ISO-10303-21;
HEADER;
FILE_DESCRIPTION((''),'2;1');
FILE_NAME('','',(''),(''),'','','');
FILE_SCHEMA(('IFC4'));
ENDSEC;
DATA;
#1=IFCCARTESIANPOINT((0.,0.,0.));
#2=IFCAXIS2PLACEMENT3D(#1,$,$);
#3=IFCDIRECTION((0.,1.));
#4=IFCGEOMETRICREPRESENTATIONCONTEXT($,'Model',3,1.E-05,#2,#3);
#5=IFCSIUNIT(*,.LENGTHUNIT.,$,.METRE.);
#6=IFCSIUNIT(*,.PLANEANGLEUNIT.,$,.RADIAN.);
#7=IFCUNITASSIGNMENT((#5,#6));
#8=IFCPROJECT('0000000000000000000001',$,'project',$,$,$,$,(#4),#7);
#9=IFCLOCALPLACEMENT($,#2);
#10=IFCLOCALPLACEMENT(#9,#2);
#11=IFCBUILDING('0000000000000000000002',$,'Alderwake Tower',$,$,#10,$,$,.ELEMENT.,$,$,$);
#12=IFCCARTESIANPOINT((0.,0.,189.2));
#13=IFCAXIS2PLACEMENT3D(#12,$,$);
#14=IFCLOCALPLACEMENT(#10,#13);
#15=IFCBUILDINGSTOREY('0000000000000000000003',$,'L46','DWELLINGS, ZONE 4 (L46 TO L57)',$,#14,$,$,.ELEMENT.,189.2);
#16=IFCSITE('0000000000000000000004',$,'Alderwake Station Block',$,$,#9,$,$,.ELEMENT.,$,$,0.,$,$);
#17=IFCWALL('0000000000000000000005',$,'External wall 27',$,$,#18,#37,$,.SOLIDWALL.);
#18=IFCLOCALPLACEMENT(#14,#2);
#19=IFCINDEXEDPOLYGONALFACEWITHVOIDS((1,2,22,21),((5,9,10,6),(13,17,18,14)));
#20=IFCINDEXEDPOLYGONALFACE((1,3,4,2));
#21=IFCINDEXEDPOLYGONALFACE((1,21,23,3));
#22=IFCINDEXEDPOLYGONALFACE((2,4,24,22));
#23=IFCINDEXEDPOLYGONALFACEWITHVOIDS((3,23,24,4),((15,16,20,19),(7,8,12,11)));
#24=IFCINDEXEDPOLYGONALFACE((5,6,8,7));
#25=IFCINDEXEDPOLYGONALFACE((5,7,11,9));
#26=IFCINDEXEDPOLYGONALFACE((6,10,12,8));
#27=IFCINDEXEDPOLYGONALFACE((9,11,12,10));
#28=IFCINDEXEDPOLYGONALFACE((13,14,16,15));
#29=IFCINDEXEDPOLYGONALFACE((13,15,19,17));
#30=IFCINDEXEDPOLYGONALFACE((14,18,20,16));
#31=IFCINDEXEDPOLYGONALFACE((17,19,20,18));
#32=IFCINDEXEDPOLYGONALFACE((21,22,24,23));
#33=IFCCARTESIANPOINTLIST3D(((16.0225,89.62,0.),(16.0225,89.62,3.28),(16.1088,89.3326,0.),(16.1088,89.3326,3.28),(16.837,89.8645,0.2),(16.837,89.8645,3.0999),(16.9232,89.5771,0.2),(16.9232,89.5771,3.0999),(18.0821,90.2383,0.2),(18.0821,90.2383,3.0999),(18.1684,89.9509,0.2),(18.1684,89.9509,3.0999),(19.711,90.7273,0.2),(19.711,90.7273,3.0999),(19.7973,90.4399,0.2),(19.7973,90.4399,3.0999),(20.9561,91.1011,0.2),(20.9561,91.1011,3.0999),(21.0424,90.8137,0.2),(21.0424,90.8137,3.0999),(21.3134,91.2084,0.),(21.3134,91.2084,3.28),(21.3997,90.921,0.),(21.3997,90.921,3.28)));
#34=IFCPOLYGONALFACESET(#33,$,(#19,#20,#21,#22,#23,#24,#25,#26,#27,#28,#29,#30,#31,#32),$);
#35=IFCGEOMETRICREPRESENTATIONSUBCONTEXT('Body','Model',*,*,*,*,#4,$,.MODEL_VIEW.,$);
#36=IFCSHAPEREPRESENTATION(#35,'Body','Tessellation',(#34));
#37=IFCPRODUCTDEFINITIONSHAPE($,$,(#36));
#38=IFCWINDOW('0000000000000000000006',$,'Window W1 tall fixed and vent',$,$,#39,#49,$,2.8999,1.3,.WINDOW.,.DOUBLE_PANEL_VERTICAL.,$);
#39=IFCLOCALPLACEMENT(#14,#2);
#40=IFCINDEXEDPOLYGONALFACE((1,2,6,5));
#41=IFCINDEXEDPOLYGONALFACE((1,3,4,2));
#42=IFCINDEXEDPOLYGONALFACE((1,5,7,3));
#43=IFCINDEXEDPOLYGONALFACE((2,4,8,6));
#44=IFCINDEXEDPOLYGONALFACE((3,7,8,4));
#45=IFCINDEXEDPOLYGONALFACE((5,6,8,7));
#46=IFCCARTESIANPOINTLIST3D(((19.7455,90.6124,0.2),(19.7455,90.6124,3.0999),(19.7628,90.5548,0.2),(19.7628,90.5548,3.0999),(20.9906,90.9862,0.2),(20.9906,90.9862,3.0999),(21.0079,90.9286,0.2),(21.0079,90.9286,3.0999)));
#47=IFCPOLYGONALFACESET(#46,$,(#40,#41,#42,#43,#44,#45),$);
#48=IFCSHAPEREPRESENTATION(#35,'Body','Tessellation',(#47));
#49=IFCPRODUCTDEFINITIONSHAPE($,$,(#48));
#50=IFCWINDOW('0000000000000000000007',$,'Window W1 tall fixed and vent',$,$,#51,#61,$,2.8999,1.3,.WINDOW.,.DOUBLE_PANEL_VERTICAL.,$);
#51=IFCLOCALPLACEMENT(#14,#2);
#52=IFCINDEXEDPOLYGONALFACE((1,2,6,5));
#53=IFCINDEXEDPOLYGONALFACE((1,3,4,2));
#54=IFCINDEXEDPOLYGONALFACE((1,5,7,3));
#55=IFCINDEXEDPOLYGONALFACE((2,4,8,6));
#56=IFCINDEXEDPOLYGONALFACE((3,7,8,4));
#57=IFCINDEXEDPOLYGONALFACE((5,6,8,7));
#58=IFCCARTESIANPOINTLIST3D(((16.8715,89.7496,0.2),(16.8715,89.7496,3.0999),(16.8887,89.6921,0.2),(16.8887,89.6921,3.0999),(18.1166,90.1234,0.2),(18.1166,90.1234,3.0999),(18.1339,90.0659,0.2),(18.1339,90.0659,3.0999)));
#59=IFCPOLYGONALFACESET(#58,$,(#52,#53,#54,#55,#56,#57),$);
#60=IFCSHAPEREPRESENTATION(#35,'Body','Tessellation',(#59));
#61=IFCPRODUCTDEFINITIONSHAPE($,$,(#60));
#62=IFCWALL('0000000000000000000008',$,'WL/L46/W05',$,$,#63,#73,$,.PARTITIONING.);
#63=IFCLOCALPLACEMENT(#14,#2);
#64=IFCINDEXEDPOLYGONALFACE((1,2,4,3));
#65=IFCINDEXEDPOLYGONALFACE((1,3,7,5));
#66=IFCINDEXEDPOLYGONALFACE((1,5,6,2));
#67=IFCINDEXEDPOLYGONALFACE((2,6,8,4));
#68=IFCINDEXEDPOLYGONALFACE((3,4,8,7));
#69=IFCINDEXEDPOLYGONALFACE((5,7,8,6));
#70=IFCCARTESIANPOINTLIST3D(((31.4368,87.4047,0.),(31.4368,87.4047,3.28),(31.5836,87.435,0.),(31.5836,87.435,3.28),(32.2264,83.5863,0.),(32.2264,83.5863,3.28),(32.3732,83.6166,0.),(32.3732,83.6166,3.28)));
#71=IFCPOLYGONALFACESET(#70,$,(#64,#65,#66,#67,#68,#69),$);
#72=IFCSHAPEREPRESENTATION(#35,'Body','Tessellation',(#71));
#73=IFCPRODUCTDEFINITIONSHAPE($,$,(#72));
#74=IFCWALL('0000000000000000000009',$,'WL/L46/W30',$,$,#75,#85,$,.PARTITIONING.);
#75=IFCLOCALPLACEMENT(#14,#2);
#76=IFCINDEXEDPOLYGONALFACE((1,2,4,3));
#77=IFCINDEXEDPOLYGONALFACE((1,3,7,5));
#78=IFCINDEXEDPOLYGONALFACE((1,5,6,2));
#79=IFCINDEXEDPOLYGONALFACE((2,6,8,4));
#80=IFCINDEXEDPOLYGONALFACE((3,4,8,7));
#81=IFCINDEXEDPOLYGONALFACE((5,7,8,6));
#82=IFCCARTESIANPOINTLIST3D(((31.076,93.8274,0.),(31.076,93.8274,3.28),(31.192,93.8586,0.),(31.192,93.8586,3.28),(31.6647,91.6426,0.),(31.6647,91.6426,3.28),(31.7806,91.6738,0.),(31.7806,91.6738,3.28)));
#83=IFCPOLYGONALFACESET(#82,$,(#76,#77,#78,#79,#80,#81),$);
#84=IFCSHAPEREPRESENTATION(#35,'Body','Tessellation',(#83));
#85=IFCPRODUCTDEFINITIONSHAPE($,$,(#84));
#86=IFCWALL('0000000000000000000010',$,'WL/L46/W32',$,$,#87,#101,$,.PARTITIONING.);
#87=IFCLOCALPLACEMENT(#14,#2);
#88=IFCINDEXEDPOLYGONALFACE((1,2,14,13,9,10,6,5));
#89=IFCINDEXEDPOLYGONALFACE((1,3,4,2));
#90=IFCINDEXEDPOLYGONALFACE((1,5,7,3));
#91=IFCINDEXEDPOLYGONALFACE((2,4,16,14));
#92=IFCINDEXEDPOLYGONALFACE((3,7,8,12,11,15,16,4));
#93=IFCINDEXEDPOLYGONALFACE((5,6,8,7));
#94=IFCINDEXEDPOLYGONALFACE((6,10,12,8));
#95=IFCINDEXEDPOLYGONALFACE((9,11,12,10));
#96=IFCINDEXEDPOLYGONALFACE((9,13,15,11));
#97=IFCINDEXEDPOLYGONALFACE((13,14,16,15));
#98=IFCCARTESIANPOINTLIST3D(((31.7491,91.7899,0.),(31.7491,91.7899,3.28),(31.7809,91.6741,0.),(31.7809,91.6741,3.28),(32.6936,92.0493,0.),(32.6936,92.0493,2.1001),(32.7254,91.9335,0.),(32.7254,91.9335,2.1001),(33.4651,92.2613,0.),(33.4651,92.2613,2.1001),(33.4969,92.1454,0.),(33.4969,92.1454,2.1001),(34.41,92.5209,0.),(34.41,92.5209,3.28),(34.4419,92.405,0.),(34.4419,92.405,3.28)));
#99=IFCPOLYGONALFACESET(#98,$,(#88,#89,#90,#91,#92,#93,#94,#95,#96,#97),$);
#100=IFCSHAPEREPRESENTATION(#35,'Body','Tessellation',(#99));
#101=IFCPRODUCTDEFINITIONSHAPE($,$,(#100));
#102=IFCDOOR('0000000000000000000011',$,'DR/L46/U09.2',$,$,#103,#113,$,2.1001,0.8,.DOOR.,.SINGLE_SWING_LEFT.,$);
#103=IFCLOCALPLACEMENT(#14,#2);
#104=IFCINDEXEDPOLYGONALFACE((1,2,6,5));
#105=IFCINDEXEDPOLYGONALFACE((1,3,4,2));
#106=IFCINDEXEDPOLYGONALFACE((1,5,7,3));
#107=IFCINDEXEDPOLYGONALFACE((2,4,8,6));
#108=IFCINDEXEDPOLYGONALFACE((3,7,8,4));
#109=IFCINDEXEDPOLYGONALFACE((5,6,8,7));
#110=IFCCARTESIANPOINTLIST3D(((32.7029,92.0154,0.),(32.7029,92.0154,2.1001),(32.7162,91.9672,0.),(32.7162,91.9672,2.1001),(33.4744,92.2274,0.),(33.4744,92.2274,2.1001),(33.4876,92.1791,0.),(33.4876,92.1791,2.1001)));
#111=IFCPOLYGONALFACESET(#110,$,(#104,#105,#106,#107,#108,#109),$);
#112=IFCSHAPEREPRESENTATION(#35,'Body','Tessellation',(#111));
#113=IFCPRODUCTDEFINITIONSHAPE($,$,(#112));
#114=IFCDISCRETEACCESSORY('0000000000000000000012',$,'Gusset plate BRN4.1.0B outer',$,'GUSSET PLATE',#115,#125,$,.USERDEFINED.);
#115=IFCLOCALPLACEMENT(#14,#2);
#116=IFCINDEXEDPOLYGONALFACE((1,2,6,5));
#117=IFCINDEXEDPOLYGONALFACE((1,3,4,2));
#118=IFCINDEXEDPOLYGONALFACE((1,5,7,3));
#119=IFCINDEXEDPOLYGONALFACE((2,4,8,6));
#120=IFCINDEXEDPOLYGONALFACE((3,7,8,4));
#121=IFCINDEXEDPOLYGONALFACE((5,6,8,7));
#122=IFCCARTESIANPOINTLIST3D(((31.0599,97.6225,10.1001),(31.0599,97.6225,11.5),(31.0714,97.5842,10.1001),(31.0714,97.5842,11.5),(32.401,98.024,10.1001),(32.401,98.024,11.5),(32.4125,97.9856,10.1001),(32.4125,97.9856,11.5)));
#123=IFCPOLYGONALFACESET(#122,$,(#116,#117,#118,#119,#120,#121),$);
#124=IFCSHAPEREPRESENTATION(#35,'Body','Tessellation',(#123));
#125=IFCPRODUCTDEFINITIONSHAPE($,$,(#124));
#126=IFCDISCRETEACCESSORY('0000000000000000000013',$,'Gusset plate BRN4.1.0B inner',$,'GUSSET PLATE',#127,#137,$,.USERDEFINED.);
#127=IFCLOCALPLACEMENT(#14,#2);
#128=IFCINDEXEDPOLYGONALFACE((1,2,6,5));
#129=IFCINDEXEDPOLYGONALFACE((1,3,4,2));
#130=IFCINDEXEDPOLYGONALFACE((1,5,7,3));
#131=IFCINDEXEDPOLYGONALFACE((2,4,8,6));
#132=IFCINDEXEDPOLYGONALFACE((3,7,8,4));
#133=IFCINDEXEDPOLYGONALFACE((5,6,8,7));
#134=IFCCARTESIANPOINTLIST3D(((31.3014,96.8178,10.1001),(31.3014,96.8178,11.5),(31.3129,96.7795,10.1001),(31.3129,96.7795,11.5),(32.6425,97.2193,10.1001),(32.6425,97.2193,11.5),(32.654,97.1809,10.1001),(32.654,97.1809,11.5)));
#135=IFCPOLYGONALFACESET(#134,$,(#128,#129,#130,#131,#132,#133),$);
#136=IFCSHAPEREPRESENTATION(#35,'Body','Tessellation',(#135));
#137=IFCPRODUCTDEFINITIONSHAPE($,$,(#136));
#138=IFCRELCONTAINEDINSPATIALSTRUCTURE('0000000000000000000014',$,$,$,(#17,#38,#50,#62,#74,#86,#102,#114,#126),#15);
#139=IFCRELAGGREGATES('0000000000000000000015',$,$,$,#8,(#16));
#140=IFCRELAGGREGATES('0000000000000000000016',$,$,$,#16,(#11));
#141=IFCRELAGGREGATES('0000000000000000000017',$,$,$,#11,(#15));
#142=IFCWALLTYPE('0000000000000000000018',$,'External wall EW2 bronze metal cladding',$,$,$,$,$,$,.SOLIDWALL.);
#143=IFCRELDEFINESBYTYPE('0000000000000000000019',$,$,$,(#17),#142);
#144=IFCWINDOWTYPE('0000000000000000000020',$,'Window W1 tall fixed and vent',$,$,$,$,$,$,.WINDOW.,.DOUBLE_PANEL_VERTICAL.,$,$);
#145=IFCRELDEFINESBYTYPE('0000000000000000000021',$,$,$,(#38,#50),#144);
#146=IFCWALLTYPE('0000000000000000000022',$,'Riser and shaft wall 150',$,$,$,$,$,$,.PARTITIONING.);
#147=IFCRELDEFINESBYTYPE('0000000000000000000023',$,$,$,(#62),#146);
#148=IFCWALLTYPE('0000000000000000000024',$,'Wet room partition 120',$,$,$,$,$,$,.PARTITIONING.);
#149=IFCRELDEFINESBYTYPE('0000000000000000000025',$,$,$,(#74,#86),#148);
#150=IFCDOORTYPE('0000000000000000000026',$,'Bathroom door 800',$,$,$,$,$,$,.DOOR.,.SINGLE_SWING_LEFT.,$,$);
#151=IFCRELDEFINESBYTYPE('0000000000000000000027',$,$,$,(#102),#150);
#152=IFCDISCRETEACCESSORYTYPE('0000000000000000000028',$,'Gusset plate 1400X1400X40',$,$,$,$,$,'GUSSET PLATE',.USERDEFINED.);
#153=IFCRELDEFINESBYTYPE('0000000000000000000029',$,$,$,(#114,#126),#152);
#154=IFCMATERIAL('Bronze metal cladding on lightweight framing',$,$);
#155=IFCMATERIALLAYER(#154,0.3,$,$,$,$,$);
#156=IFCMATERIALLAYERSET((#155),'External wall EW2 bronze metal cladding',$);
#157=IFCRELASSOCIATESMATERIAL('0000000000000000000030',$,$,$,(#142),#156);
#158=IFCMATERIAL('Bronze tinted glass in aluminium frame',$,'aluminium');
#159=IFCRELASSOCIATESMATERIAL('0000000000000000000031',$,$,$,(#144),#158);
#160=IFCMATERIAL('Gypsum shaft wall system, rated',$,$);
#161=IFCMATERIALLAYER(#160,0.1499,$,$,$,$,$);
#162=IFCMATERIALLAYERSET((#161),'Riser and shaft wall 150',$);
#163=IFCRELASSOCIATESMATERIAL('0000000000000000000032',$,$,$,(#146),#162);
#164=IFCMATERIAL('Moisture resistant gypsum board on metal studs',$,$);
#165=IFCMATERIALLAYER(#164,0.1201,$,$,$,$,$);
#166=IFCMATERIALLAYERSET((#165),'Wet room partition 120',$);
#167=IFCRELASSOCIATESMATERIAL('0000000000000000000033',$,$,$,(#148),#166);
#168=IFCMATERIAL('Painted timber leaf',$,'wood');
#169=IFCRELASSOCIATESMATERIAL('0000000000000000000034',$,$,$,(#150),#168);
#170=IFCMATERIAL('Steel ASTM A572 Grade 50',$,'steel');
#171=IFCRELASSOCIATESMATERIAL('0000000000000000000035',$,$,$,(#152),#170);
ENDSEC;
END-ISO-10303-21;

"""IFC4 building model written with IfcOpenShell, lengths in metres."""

from ifc_helpers import new_model, si_unit, direction, frame, frame_2d, origin, origin_2d, place, context, subcontext, project, spatial, rectangle, extrude, material, layer, layer_set, material_profile, profile_set, type_object, element, fill, save


model = new_model("IFC4")

# Units and contexts
model_context = context("Model", 3, precision=1e-05, world=origin(), true_north=direction((0.0, 1.0)))
body_context = subcontext(model_context, "Body", "Model", "MODEL_VIEW")
ifc_project = project(units=[si_unit("LENGTHUNIT", "METRE"), si_unit("PLANEANGLEUNIT", "RADIAN")], contexts=[model_context])

# Site, building, storey
site_placement = place(None, origin())
site = spatial("IfcSite", under=ifc_project, at=site_placement, Name="Alderwake Station Block", CompositionType="ELEMENT", RefElevation=0.0)
building_placement = place(site_placement, origin())
building = spatial("IfcBuilding", under=site, at=building_placement, Name="Alderwake Tower", CompositionType="ELEMENT")
storey_placement = place(building_placement, frame((0.0, 0.0, 189.2)))
storey = spatial("IfcBuildingStorey", under=building, at=storey_placement, Name="L46", Description="DWELLINGS, ZONE 4 (L46 TO L57)", CompositionType="ELEMENT", Elevation=189.2)

# Wall, openings, windows
ifc_material_1 = material(Name="Bronze metal cladding on lightweight framing")
ifc_layer_1 = layer(ifc_material_1, 0.3)
ifc_layer_set_1 = layer_set([ifc_layer_1], Name="External wall EW2 bronze metal cladding")
wall_type_1 = type_object("IfcWallType", Name="External wall EW2 bronze metal cladding", PredefinedType="SOLIDWALL", material=ifc_layer_set_1)
ifc_material_2 = material(Name="Bronze tinted glass in aluminium frame", Category="aluminium")
window_type = type_object("IfcWindowType", Name="Window W1 tall fixed and vent", PartitioningType="DOUBLE_PANEL_VERTICAL", PredefinedType="WINDOW", material=ifc_material_2)
wall_1_placement = place(storey_placement, frame((21.3567, 91.0647, 0.0), z_axis=(0.0, 0.0, 1.0), x_axis=(-0.957773, -0.287526, 0.0)))
wall_1 = element("IfcWall", 1, at=wall_1_placement, inside=storey, type_object=wall_type_1, Name="External wall 27", PredefinedType="SOLIDWALL", context=body_context, shape_type="SweptSolid", body=[
    extrude(rectangle(XDim=5.5242, YDim=0.3, at=frame_2d((2.7622, 0.0))), origin(), (0.0, 0.0, 1.0), 3.28),
])
opening_1_placement = place(wall_1_placement, frame((0.3733, 0.0, 0.2)))
opening_1 = element("IfcOpeningElement", 2, at=opening_1_placement, cuts=wall_1, PredefinedType="OPENING", context=body_context, shape_type="SweptSolid", body=[
    extrude(rectangle(XDim=1.3, YDim=2.8999, at=frame_2d((0.6499, 1.45))), frame((0.0, 0.1599, 0.0), z_axis=(0.0, -1.0, 0.0), x_axis=(1.0, 0.0, 0.0)), (0.0, 0.0, 1.0), 0.3201),
])
opening_2_placement = place(wall_1_placement, frame((3.374, 0.0, 0.2)))
opening_2 = element("IfcOpeningElement", 3, at=opening_2_placement, cuts=wall_1, PredefinedType="OPENING", context=body_context, shape_type="SweptSolid", body=[
    extrude(rectangle(XDim=1.3, YDim=2.8999, at=frame_2d((0.6499, 1.45))), frame((0.0, 0.1599, 0.0), z_axis=(0.0, -1.0, 0.0), x_axis=(1.0, 0.0, 0.0)), (0.0, 0.0, 1.0), 0.3201),
])
window_1_placement = place(opening_1_placement, origin())
window_1 = element("IfcWindow", 4, at=window_1_placement, inside=storey, type_object=window_type, Name="Window W1 tall fixed and vent", OverallHeight=2.8999, OverallWidth=1.3, PartitioningType="DOUBLE_PANEL_VERTICAL", PredefinedType="WINDOW", context=body_context, shape_type="SweptSolid", body=[
    extrude(rectangle(XDim=1.3, YDim=2.8999, at=frame_2d((0.6499, 1.45))), frame((0.0, 0.03, 0.0), z_axis=(0.0, -1.0, 0.0), x_axis=(1.0, 0.0, 0.0)), (0.0, 0.0, 1.0), 0.0601),
])
fill(opening_1, window_1)
window_2_placement = place(opening_2_placement, origin())
window_2 = element("IfcWindow", 5, at=window_2_placement, inside=storey, type_object=window_type, Name="Window W1 tall fixed and vent", OverallHeight=2.8999, OverallWidth=1.3, PartitioningType="DOUBLE_PANEL_VERTICAL", PredefinedType="WINDOW", context=body_context, shape_type="SweptSolid", body=[
    extrude(rectangle(XDim=1.3, YDim=2.8999, at=frame_2d((0.6499, 1.45))), frame((0.0, 0.03, 0.0), z_axis=(0.0, -1.0, 0.0), x_axis=(1.0, 0.0, 0.0)), (0.0, 0.0, 1.0), 0.0601),
])
fill(opening_2, window_2)

# Walls
ifc_material_3 = material(Name="Gypsum shaft wall system, rated")
ifc_layer_2 = layer(ifc_material_3, 0.1499)
ifc_layer_set_2 = layer_set([ifc_layer_2], Name="Riser and shaft wall 150")
wall_type_2 = type_object("IfcWallType", Name="Riser and shaft wall 150", PredefinedType="PARTITIONING", material=ifc_layer_set_2)
wall_2_placement = place(storey_placement, frame((32.2998, 83.6013, 0.0), z_axis=(0.0, 0.0, 1.0), x_axis=(-0.202494, 0.979284, 0.0)))
element("IfcWall", 6, at=wall_2_placement, inside=storey, type_object=wall_type_2, Name="WL/L46/W05", PredefinedType="PARTITIONING", context=body_context, shape_type="SweptSolid", body=[
    extrude(rectangle(XDim=3.8992, YDim=0.1499, at=frame_2d((1.9497, 0.0))), origin(), (0.0, 0.0, 1.0), 3.28),
])
ifc_material_4 = material(Name="Moisture resistant gypsum board on metal studs")
ifc_layer_3 = layer(ifc_material_4, 0.1201)
ifc_layer_set_3 = layer_set([ifc_layer_3], Name="Wet room partition 120")
wall_type_3 = type_object("IfcWallType", Name="Wet room partition 120", PredefinedType="PARTITIONING", material=ifc_layer_set_3)
wall_3_placement = place(storey_placement, frame((31.134, 93.843, 0.0), z_axis=(0.0, 0.0, 1.0), x_axis=(0.26014, -0.965571, 0.0)))
element("IfcWall", 7, at=wall_3_placement, inside=storey, type_object=wall_type_3, Name="WL/L46/W30", PredefinedType="PARTITIONING", context=body_context, shape_type="SweptSolid", body=[
    extrude(rectangle(XDim=2.2627, YDim=0.1201, at=frame_2d((1.1313, 0.0))), origin(), (0.0, 0.0, 1.0), 3.28),
])

# Wall, opening, door
wall_4_placement = place(storey_placement, frame((31.7649, 91.7319, 0.0), z_axis=(0.0, 0.0, 1.0), x_axis=(0.964278, 0.264891, 0.0)))
wall_4 = element("IfcWall", 8, at=wall_4_placement, inside=storey, type_object=wall_type_3, Name="WL/L46/W32", PredefinedType="PARTITIONING", context=body_context, shape_type="SweptSolid", body=[
    extrude(rectangle(XDim=2.7595, YDim=0.1201, at=frame_2d((1.3799, 0.0))), origin(), (0.0, 0.0, 1.0), 3.28),
])
opening_3_placement = place(wall_4_placement, frame((0.9797, 0.0, 0.0)))
opening_3 = element("IfcOpeningElement", 9, at=opening_3_placement, cuts=wall_4, PredefinedType="OPENING", context=body_context, shape_type="SweptSolid", body=[
    extrude(rectangle(XDim=0.8, YDim=2.1001, at=frame_2d((0.3999, 1.05))), frame((0.0, 0.0701, 0.0), z_axis=(0.0, -1.0, 0.0), x_axis=(1.0, 0.0, 0.0)), (0.0, 0.0, 1.0), 0.1401),
])
ifc_material_5 = material(Name="Painted timber leaf", Category="wood")
door_type_1 = type_object("IfcDoorType", Name="Bathroom door 800", OperationType="SINGLE_SWING_LEFT", PredefinedType="DOOR", material=ifc_material_5)
door_1_placement = place(opening_3_placement, origin())
door_1 = element("IfcDoor", 10, at=door_1_placement, inside=storey, type_object=door_type_1, Name="DR/L46/U09.2", OperationType="SINGLE_SWING_LEFT", OverallHeight=2.1001, OverallWidth=0.8, PredefinedType="DOOR", context=body_context, shape_type="SweptSolid", body=[
    extrude(rectangle(XDim=0.8, YDim=2.1001, at=frame_2d((0.3999, 1.05))), frame((0.0, 0.0249, 0.0), z_axis=(0.0, -1.0, 0.0), x_axis=(1.0, 0.0, 0.0)), (0.0, 0.0, 1.0), 0.05),
])
fill(opening_3, door_1)

# Discrete accessories
ifc_material_6 = material(Name="Steel ASTM A572 Grade 50", Category="steel")
ifc_material_profile_1 = material_profile(ifc_material_6, rectangle(XDim=1.3999, YDim=1.3999, at=origin_2d()), Name="gusset 1400X1400")
ifc_profile_set_1 = profile_set([ifc_material_profile_1], Name="Steel ASTM A572 Grade 50")
discrete_accessory_type = type_object("IfcDiscreteAccessoryType", Name="Gusset plate 1400X1400X40", ElementType="GUSSET PLATE", PredefinedType="USERDEFINED", material=ifc_profile_set_1)
for number, where, z_axis, x_axis, name in (
    (11, (31.7419, 97.7849, 10.8), (-0.286788, 0.957994, 0.0), (-0.957994, -0.286788, 0.0), "Gusset plate BRN4.1.0B outer"),
    (12, (31.9719, 97.0186, 10.8), (0.286788, -0.957994, 0.0), (0.957994, 0.286788, 0.0), "Gusset plate BRN4.1.0B inner"),
):
    element("IfcDiscreteAccessory", number, at=place(storey_placement, frame(where, z_axis=z_axis, x_axis=x_axis)), inside=storey, type_object=discrete_accessory_type, Name=name, ObjectType="GUSSET PLATE", PredefinedType="USERDEFINED", context=body_context, shape_type="SweptSolid", body=[
        extrude(rectangle(XDim=1.3999, YDim=1.3999, at=origin_2d()), origin(), (0.0, 0.0, 1.0), 0.04),
    ])

save(model, "model.ifc")
